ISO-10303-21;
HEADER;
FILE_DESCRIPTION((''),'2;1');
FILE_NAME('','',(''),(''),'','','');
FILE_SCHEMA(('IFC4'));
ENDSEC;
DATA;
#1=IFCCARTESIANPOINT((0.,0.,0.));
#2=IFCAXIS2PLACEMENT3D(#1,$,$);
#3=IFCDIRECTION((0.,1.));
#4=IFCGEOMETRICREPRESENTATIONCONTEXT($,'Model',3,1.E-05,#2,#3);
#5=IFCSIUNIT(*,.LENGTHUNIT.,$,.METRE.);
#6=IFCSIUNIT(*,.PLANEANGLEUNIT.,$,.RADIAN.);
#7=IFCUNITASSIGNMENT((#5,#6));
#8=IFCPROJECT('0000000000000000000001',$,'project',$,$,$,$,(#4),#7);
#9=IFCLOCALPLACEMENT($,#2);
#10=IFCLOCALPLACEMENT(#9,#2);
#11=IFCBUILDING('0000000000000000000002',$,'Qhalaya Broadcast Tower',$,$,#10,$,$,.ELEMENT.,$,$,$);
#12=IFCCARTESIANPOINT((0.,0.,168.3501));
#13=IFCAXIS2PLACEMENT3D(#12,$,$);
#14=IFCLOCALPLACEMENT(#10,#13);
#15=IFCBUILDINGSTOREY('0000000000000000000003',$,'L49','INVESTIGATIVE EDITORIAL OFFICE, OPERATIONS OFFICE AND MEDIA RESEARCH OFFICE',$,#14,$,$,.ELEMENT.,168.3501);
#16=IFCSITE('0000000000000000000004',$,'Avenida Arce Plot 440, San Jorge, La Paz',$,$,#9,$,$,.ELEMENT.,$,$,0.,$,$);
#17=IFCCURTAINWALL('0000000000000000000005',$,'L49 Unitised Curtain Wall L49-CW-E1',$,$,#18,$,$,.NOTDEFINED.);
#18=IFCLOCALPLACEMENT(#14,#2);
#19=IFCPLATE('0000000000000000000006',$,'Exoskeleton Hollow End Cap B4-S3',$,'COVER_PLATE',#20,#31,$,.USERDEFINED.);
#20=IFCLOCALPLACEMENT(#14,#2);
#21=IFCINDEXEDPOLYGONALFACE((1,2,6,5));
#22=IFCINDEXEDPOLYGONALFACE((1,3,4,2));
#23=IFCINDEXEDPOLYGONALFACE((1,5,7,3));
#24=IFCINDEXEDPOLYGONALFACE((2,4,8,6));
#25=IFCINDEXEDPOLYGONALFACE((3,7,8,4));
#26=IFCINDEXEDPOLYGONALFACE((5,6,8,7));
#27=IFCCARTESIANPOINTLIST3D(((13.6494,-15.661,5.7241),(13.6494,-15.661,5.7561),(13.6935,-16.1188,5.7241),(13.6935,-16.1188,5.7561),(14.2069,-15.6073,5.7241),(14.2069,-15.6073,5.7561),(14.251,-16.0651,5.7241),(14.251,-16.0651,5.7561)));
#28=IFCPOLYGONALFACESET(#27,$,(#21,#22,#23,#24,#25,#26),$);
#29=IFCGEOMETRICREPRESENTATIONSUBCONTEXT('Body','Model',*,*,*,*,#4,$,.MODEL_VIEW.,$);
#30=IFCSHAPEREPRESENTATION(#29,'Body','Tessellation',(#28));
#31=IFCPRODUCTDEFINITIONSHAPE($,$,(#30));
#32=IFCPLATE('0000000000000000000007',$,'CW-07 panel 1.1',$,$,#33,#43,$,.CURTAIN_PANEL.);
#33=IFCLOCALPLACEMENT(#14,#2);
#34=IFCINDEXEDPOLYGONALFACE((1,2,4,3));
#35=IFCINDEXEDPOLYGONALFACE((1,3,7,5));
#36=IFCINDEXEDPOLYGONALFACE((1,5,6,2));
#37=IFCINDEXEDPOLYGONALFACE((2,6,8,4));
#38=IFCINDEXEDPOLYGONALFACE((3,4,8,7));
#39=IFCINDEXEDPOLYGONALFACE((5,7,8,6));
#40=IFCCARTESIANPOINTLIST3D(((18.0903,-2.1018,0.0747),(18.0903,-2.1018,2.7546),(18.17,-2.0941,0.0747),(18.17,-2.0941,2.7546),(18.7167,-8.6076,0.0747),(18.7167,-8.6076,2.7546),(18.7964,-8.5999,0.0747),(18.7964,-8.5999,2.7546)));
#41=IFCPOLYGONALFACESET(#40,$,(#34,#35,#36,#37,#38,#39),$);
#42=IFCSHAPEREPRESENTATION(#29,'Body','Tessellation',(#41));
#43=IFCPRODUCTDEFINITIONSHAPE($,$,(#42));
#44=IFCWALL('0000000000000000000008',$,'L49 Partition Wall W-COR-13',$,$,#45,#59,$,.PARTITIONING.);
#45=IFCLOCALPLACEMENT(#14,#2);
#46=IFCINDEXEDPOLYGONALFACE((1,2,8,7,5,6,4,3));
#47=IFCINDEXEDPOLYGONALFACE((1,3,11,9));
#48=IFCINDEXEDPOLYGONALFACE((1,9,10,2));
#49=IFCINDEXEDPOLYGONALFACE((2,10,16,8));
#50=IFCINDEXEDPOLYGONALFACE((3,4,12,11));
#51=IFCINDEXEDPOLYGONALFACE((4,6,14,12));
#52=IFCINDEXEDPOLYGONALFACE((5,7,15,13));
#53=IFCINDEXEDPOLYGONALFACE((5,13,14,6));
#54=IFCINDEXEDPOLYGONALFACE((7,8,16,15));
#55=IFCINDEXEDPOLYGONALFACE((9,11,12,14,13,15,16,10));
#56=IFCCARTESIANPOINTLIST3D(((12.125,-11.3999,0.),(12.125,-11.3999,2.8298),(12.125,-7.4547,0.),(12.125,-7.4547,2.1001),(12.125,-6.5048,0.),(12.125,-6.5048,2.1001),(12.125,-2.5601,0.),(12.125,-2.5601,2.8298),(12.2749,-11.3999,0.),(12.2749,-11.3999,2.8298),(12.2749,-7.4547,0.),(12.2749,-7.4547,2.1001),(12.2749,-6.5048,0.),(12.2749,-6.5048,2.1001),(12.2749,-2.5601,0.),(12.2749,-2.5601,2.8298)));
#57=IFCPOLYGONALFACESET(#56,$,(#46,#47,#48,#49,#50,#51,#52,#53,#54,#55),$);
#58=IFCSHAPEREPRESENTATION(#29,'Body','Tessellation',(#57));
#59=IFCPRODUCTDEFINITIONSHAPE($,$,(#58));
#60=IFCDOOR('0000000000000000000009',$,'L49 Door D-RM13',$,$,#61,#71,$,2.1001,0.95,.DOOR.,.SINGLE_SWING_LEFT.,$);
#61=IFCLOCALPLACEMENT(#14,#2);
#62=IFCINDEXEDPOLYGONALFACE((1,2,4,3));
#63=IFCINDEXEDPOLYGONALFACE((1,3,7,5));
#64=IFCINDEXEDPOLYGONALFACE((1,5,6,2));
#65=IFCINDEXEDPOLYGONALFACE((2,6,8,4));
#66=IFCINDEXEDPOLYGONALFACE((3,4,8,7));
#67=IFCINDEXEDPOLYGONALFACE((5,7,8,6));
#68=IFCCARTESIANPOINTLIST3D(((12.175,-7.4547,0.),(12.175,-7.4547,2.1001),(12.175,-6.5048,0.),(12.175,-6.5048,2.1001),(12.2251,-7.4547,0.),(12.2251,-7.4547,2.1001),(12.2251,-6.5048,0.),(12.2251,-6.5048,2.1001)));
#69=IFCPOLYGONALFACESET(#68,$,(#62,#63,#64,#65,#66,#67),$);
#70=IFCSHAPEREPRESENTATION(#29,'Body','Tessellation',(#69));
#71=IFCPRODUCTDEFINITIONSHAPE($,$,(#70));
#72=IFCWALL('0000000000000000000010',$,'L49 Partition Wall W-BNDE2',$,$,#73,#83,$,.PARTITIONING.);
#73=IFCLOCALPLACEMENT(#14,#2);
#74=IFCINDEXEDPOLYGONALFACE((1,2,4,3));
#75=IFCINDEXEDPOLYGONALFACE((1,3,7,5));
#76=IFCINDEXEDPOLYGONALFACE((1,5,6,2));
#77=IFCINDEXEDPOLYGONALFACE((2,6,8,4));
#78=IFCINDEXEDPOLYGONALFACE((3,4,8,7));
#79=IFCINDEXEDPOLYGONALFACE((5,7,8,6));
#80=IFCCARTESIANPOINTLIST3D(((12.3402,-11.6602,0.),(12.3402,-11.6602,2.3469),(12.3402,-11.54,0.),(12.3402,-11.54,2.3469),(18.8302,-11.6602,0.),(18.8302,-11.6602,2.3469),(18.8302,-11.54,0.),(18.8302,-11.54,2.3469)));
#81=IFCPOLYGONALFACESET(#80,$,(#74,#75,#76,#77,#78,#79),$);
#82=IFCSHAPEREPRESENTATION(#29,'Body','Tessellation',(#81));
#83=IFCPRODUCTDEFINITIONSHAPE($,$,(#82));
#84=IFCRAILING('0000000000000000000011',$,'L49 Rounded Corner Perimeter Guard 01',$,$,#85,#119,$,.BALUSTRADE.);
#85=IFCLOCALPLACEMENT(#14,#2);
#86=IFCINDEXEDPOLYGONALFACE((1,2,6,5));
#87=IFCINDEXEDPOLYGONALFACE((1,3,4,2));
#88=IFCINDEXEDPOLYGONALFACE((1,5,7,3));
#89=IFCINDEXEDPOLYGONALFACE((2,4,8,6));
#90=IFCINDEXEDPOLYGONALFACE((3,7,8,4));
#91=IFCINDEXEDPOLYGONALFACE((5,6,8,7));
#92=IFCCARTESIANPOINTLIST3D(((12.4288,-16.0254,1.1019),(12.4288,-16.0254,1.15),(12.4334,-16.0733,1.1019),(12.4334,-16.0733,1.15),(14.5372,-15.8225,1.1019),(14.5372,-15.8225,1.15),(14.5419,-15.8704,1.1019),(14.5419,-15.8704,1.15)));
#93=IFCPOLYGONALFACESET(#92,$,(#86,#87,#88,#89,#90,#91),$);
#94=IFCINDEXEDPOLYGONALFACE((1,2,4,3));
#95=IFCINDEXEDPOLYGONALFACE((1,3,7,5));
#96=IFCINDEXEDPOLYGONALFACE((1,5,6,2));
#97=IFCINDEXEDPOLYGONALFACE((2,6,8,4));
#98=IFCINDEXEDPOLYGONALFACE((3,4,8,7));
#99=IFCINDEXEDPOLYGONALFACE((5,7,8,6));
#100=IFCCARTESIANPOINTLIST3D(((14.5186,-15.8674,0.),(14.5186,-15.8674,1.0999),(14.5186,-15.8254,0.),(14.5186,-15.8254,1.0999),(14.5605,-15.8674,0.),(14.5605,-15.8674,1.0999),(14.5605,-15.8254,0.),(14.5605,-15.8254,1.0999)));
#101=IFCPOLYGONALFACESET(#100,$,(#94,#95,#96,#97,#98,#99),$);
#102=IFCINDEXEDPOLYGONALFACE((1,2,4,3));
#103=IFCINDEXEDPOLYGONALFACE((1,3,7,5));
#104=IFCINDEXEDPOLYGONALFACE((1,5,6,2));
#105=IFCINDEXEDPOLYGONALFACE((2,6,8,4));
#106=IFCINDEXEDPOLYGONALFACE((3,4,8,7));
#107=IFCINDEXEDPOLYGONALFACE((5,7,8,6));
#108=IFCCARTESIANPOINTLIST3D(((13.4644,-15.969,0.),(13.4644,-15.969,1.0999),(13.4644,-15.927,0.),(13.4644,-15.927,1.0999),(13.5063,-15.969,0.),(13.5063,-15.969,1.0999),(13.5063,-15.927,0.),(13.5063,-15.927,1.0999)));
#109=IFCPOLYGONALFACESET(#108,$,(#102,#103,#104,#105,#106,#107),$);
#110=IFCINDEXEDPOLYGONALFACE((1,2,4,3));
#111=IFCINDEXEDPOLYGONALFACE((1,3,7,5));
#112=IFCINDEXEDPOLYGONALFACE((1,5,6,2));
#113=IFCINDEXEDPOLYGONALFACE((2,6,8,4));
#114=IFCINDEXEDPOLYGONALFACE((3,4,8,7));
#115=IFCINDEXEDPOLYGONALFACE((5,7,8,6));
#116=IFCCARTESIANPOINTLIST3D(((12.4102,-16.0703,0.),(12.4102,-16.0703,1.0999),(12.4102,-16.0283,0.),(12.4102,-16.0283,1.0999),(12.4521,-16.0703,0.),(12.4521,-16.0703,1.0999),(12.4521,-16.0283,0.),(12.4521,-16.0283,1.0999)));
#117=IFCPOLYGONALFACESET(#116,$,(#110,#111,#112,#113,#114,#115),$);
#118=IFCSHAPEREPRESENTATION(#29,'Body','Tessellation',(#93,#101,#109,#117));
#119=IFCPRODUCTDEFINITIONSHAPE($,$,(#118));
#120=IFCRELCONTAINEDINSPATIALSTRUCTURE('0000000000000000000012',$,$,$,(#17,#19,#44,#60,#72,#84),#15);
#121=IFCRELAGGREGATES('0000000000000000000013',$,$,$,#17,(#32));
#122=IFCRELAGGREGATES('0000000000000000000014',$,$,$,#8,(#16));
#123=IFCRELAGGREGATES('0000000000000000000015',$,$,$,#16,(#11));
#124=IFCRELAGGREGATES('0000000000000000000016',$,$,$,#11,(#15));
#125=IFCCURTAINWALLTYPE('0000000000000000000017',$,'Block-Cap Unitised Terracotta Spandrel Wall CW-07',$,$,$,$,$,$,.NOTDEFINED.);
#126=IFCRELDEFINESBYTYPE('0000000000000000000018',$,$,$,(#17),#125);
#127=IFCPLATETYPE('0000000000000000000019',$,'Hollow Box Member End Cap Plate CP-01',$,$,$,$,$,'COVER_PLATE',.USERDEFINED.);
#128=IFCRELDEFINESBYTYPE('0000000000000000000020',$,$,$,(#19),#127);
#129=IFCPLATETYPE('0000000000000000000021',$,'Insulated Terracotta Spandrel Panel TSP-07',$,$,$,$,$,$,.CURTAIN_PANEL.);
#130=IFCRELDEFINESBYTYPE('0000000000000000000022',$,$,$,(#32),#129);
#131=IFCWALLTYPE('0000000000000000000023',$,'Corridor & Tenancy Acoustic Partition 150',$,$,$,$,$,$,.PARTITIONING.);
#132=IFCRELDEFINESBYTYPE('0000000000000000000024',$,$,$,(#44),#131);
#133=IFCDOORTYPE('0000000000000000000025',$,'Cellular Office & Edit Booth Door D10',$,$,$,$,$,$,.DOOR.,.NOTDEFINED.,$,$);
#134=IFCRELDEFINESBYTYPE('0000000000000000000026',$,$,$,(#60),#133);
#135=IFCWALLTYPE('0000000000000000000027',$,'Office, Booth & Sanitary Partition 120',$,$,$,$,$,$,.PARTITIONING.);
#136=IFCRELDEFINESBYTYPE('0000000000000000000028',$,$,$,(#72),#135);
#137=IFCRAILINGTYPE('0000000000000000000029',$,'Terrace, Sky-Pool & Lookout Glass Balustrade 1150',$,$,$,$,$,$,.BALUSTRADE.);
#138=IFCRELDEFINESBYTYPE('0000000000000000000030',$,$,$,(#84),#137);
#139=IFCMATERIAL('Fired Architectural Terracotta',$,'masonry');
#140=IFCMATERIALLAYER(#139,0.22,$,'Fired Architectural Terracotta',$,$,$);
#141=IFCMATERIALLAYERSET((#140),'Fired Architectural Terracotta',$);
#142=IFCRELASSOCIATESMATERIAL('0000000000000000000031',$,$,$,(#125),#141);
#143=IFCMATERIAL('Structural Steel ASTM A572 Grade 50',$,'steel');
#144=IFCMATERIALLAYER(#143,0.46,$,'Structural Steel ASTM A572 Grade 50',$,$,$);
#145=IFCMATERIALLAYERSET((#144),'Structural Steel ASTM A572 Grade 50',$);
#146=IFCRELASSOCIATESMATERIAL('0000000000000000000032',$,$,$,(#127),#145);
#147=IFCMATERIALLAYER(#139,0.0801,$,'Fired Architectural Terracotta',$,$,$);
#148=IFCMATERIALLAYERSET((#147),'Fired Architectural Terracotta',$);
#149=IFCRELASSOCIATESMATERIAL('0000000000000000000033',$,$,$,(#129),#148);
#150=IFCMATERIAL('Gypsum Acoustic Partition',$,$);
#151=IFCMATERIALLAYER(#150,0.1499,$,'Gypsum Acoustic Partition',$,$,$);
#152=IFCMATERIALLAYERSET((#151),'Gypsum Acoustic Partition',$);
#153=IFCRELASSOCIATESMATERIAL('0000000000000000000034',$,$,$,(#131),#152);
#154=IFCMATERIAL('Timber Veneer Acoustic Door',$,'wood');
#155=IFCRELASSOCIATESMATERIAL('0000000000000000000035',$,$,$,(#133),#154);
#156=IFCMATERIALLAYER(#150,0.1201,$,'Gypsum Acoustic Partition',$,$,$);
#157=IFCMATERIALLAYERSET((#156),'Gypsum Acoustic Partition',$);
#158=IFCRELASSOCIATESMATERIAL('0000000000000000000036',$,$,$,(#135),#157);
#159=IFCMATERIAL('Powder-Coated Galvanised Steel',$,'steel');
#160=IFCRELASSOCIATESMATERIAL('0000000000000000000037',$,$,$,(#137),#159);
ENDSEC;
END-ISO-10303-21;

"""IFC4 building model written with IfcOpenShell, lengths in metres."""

from ifc_helpers import new_model, si_unit, direction, frame, frame_2d, origin, origin_2d, place, context, subcontext, project, spatial, rectangle, extrude, material, layer, layer_set, type_object, element, fill, aggregate, save


model = new_model("IFC4")

# Units and contexts
model_context = context("Model", 3, precision=1e-05, world=origin(), true_north=direction((0.0, 1.0)))
body_context = subcontext(model_context, "Body", "Model", "MODEL_VIEW")
ifc_project = project(units=[si_unit("LENGTHUNIT", "METRE"), si_unit("PLANEANGLEUNIT", "RADIAN")], contexts=[model_context])

# Site, building, storey
site_placement = place(None, origin())
site = spatial("IfcSite", under=ifc_project, at=site_placement, Name="Avenida Arce Plot 440, San Jorge, La Paz", CompositionType="ELEMENT", RefElevation=0.0)
building_placement = place(site_placement, origin())
building = spatial("IfcBuilding", under=site, at=building_placement, Name="Qhalaya Broadcast Tower", CompositionType="ELEMENT")
storey_placement = place(building_placement, frame((0.0, 0.0, 168.3501)))
storey = spatial("IfcBuildingStorey", under=building, at=storey_placement, Name="L49", Description="INVESTIGATIVE EDITORIAL OFFICE, OPERATIONS OFFICE AND MEDIA RESEARCH OFFICE", CompositionType="ELEMENT", Elevation=168.3501)

# Shared definitions
ifc_material_1 = material(Name="Structural Steel ASTM A572 Grade 50", Category="steel")

# Shared definitions
ifc_material_2 = material(Name="Fired Architectural Terracotta", Category="masonry")

# Shared definitions
ifc_layer_1 = layer(ifc_material_2, 0.22, Name="Fired Architectural Terracotta")
ifc_layer_set_1 = layer_set([ifc_layer_1], Name="Fired Architectural Terracotta")
curtain_wall_type = type_object("IfcCurtainWallType", Name="Block-Cap Unitised Terracotta Spandrel Wall CW-07", PredefinedType="NOTDEFINED", material=ifc_layer_set_1)

# Curtain wall
curtain_wall_1_placement = place(storey_placement, origin())
curtain_wall_1 = element("IfcCurtainWall", 1, at=curtain_wall_1_placement, inside=storey, type_object=curtain_wall_type, Name="L49 Unitised Curtain Wall L49-CW-E1", PredefinedType="NOTDEFINED")

# Plate
ifc_layer_2 = layer(ifc_material_1, 0.46, Name="Structural Steel ASTM A572 Grade 50")
ifc_layer_set_2 = layer_set([ifc_layer_2], Name="Structural Steel ASTM A572 Grade 50")
plate_type_1 = type_object("IfcPlateType", Name="Hollow Box Member End Cap Plate CP-01", ElementType="COVER_PLATE", PredefinedType="USERDEFINED", material=ifc_layer_set_2)
plate_1_placement = place(storey_placement, frame((13.9502, -15.863, 5.7241), z_axis=(0.0, 0.0, 1.0), x_axis=(0.995396, 0.095846, 0.0)))
element("IfcPlate", 2, at=plate_1_placement, inside=storey, type_object=plate_type_1, Name="Exoskeleton Hollow End Cap B4-S3", ObjectType="COVER_PLATE", PredefinedType="USERDEFINED", context=body_context, shape_type="SweptSolid", body=[
    extrude(rectangle(XDim=0.5601, YDim=0.46, at=origin_2d()), origin(), (0.0, 0.0, 1.0), 0.032),
])

# Plate
ifc_layer_3 = layer(ifc_material_2, 0.0801, Name="Fired Architectural Terracotta")
ifc_layer_set_3 = layer_set([ifc_layer_3], Name="Fired Architectural Terracotta")
plate_type_2 = type_object("IfcPlateType", Name="Insulated Terracotta Spandrel Panel TSP-07", PredefinedType="CURTAIN_PANEL", material=ifc_layer_set_3)
plate_2_placement = place(storey_placement, frame((18.4434, -5.3508, 0.0747), z_axis=(0.0, 0.0, 1.0), x_axis=(-0.095842, 0.995397, 0.0)))
plate_2 = element("IfcPlate", 3, at=plate_2_placement, type_object=plate_type_2, Name="CW-07 panel 1.1", PredefinedType="CURTAIN_PANEL", context=body_context, shape_type="SweptSolid", body=[
    extrude(rectangle(XDim=6.5359, YDim=0.0801, at=origin_2d()), origin(), (0.0, 0.0, 1.0), 2.6799),
])
aggregate(curtain_wall_1, [plate_2])

# Wall, opening, door
ifc_material_3 = material(Name="Gypsum Acoustic Partition")
ifc_layer_4 = layer(ifc_material_3, 0.1499, Name="Gypsum Acoustic Partition")
ifc_layer_set_4 = layer_set([ifc_layer_4], Name="Gypsum Acoustic Partition")
wall_type_1 = type_object("IfcWallType", Name="Corridor & Tenancy Acoustic Partition 150", PredefinedType="PARTITIONING", material=ifc_layer_set_4)
wall_1_placement = place(storey_placement, frame((12.2, -11.3999, 0.0), z_axis=(0.0, 0.0, 1.0), x_axis=(0.0, 1.0, 0.0)))
wall_1 = element("IfcWall", 4, at=wall_1_placement, inside=storey, type_object=wall_type_1, Name="L49 Partition Wall W-COR-13", PredefinedType="PARTITIONING", context=body_context, shape_type="SweptSolid", body=[
    extrude(rectangle(XDim=8.8398, YDim=0.1499, at=frame_2d((4.4199, 0.0))), origin(), (0.0, 0.0, 1.0), 2.8298),
])
opening_placement = place(wall_1_placement, frame((3.9451, 0.0, 0.0)))
opening = element("IfcOpeningElement", 5, at=opening_placement, cuts=wall_1, PredefinedType="OPENING", context=body_context, shape_type="SweptSolid", body=[
    extrude(rectangle(XDim=0.95, YDim=2.1001, at=frame_2d((0.4751, 1.05))), frame((0.0, 0.0869, 0.0), z_axis=(0.0, -1.0, 0.0), x_axis=(1.0, 0.0, 0.0)), (0.0, 0.0, 1.0), 0.1738),
])
ifc_material_4 = material(Name="Timber Veneer Acoustic Door", Category="wood")
door_type = type_object("IfcDoorType", Name="Cellular Office & Edit Booth Door D10", OperationType="NOTDEFINED", PredefinedType="DOOR", material=ifc_material_4)
door_placement = place(opening_placement, origin())
door = element("IfcDoor", 6, at=door_placement, inside=storey, type_object=door_type, Name="L49 Door D-RM13", OperationType="SINGLE_SWING_LEFT", OverallHeight=2.1001, OverallWidth=0.95, PredefinedType="DOOR", context=body_context, shape_type="SweptSolid", body=[
    extrude(rectangle(XDim=0.95, YDim=2.1001, at=frame_2d((0.4751, 1.05))), frame((0.0, 0.0249, 0.0), z_axis=(0.0, -1.0, 0.0), x_axis=(1.0, 0.0, 0.0)), (0.0, 0.0, 1.0), 0.05),
])
fill(opening, door)

# Wall
ifc_layer_5 = layer(ifc_material_3, 0.1201, Name="Gypsum Acoustic Partition")
ifc_layer_set_5 = layer_set([ifc_layer_5], Name="Gypsum Acoustic Partition")
wall_type_2 = type_object("IfcWallType", Name="Office, Booth & Sanitary Partition 120", PredefinedType="PARTITIONING", material=ifc_layer_set_5)
wall_2_placement = place(storey_placement, frame((12.3401, -11.6001, 0.0), z_axis=(0.0, 0.0, 1.0), x_axis=(1.0, 0.0, 0.0)))
element("IfcWall", 7, at=wall_2_placement, inside=storey, type_object=wall_type_2, Name="L49 Partition Wall W-BNDE2", PredefinedType="PARTITIONING", context=body_context, shape_type="SweptSolid", body=[
    extrude(rectangle(XDim=6.49, YDim=0.1201, at=frame_2d((3.2451, 0.0))), origin(), (0.0, 0.0, 1.0), 2.3469),
])

# Railing
ifc_material_5 = material(Name="Powder-Coated Galvanised Steel", Category="steel")
railing_type = type_object("IfcRailingType", Name="Terrace, Sky-Pool & Lookout Glass Balustrade 1150", PredefinedType="BALUSTRADE", material=ifc_material_5)
railing_1_placement = place(storey_placement, frame((14.5396, -15.8464, 0.0)))
element("IfcRailing", 8, at=railing_1_placement, inside=storey, type_object=railing_type, Name="L49 Rounded Corner Perimeter Guard 01", PredefinedType="BALUSTRADE", context=body_context, shape_type="SweptSolid", body=[
    extrude(rectangle(XDim=0.0481, YDim=0.0481, at=origin_2d()), frame((0.0, 0.0, 1.126), z_axis=(-0.995402, -0.095783, 0.0), x_axis=(0.095783, -0.995402, 0.0)), (0.0, 0.0, 1.0), 2.1182),
    extrude(rectangle(XDim=0.042, YDim=0.042, at=origin_2d()), origin(), (0.0, 0.0, 1.0), 1.0999),
    extrude(rectangle(XDim=0.042, YDim=0.042, at=origin_2d()), frame((-1.0542, -0.1016, 0.0)), (0.0, 0.0, 1.0), 1.0999),
    extrude(rectangle(XDim=0.042, YDim=0.042, at=origin_2d()), frame((-2.1084, -0.2029, 0.0)), (0.0, 0.0, 1.0), 1.0999),
])

save(model, "model.ifc")
